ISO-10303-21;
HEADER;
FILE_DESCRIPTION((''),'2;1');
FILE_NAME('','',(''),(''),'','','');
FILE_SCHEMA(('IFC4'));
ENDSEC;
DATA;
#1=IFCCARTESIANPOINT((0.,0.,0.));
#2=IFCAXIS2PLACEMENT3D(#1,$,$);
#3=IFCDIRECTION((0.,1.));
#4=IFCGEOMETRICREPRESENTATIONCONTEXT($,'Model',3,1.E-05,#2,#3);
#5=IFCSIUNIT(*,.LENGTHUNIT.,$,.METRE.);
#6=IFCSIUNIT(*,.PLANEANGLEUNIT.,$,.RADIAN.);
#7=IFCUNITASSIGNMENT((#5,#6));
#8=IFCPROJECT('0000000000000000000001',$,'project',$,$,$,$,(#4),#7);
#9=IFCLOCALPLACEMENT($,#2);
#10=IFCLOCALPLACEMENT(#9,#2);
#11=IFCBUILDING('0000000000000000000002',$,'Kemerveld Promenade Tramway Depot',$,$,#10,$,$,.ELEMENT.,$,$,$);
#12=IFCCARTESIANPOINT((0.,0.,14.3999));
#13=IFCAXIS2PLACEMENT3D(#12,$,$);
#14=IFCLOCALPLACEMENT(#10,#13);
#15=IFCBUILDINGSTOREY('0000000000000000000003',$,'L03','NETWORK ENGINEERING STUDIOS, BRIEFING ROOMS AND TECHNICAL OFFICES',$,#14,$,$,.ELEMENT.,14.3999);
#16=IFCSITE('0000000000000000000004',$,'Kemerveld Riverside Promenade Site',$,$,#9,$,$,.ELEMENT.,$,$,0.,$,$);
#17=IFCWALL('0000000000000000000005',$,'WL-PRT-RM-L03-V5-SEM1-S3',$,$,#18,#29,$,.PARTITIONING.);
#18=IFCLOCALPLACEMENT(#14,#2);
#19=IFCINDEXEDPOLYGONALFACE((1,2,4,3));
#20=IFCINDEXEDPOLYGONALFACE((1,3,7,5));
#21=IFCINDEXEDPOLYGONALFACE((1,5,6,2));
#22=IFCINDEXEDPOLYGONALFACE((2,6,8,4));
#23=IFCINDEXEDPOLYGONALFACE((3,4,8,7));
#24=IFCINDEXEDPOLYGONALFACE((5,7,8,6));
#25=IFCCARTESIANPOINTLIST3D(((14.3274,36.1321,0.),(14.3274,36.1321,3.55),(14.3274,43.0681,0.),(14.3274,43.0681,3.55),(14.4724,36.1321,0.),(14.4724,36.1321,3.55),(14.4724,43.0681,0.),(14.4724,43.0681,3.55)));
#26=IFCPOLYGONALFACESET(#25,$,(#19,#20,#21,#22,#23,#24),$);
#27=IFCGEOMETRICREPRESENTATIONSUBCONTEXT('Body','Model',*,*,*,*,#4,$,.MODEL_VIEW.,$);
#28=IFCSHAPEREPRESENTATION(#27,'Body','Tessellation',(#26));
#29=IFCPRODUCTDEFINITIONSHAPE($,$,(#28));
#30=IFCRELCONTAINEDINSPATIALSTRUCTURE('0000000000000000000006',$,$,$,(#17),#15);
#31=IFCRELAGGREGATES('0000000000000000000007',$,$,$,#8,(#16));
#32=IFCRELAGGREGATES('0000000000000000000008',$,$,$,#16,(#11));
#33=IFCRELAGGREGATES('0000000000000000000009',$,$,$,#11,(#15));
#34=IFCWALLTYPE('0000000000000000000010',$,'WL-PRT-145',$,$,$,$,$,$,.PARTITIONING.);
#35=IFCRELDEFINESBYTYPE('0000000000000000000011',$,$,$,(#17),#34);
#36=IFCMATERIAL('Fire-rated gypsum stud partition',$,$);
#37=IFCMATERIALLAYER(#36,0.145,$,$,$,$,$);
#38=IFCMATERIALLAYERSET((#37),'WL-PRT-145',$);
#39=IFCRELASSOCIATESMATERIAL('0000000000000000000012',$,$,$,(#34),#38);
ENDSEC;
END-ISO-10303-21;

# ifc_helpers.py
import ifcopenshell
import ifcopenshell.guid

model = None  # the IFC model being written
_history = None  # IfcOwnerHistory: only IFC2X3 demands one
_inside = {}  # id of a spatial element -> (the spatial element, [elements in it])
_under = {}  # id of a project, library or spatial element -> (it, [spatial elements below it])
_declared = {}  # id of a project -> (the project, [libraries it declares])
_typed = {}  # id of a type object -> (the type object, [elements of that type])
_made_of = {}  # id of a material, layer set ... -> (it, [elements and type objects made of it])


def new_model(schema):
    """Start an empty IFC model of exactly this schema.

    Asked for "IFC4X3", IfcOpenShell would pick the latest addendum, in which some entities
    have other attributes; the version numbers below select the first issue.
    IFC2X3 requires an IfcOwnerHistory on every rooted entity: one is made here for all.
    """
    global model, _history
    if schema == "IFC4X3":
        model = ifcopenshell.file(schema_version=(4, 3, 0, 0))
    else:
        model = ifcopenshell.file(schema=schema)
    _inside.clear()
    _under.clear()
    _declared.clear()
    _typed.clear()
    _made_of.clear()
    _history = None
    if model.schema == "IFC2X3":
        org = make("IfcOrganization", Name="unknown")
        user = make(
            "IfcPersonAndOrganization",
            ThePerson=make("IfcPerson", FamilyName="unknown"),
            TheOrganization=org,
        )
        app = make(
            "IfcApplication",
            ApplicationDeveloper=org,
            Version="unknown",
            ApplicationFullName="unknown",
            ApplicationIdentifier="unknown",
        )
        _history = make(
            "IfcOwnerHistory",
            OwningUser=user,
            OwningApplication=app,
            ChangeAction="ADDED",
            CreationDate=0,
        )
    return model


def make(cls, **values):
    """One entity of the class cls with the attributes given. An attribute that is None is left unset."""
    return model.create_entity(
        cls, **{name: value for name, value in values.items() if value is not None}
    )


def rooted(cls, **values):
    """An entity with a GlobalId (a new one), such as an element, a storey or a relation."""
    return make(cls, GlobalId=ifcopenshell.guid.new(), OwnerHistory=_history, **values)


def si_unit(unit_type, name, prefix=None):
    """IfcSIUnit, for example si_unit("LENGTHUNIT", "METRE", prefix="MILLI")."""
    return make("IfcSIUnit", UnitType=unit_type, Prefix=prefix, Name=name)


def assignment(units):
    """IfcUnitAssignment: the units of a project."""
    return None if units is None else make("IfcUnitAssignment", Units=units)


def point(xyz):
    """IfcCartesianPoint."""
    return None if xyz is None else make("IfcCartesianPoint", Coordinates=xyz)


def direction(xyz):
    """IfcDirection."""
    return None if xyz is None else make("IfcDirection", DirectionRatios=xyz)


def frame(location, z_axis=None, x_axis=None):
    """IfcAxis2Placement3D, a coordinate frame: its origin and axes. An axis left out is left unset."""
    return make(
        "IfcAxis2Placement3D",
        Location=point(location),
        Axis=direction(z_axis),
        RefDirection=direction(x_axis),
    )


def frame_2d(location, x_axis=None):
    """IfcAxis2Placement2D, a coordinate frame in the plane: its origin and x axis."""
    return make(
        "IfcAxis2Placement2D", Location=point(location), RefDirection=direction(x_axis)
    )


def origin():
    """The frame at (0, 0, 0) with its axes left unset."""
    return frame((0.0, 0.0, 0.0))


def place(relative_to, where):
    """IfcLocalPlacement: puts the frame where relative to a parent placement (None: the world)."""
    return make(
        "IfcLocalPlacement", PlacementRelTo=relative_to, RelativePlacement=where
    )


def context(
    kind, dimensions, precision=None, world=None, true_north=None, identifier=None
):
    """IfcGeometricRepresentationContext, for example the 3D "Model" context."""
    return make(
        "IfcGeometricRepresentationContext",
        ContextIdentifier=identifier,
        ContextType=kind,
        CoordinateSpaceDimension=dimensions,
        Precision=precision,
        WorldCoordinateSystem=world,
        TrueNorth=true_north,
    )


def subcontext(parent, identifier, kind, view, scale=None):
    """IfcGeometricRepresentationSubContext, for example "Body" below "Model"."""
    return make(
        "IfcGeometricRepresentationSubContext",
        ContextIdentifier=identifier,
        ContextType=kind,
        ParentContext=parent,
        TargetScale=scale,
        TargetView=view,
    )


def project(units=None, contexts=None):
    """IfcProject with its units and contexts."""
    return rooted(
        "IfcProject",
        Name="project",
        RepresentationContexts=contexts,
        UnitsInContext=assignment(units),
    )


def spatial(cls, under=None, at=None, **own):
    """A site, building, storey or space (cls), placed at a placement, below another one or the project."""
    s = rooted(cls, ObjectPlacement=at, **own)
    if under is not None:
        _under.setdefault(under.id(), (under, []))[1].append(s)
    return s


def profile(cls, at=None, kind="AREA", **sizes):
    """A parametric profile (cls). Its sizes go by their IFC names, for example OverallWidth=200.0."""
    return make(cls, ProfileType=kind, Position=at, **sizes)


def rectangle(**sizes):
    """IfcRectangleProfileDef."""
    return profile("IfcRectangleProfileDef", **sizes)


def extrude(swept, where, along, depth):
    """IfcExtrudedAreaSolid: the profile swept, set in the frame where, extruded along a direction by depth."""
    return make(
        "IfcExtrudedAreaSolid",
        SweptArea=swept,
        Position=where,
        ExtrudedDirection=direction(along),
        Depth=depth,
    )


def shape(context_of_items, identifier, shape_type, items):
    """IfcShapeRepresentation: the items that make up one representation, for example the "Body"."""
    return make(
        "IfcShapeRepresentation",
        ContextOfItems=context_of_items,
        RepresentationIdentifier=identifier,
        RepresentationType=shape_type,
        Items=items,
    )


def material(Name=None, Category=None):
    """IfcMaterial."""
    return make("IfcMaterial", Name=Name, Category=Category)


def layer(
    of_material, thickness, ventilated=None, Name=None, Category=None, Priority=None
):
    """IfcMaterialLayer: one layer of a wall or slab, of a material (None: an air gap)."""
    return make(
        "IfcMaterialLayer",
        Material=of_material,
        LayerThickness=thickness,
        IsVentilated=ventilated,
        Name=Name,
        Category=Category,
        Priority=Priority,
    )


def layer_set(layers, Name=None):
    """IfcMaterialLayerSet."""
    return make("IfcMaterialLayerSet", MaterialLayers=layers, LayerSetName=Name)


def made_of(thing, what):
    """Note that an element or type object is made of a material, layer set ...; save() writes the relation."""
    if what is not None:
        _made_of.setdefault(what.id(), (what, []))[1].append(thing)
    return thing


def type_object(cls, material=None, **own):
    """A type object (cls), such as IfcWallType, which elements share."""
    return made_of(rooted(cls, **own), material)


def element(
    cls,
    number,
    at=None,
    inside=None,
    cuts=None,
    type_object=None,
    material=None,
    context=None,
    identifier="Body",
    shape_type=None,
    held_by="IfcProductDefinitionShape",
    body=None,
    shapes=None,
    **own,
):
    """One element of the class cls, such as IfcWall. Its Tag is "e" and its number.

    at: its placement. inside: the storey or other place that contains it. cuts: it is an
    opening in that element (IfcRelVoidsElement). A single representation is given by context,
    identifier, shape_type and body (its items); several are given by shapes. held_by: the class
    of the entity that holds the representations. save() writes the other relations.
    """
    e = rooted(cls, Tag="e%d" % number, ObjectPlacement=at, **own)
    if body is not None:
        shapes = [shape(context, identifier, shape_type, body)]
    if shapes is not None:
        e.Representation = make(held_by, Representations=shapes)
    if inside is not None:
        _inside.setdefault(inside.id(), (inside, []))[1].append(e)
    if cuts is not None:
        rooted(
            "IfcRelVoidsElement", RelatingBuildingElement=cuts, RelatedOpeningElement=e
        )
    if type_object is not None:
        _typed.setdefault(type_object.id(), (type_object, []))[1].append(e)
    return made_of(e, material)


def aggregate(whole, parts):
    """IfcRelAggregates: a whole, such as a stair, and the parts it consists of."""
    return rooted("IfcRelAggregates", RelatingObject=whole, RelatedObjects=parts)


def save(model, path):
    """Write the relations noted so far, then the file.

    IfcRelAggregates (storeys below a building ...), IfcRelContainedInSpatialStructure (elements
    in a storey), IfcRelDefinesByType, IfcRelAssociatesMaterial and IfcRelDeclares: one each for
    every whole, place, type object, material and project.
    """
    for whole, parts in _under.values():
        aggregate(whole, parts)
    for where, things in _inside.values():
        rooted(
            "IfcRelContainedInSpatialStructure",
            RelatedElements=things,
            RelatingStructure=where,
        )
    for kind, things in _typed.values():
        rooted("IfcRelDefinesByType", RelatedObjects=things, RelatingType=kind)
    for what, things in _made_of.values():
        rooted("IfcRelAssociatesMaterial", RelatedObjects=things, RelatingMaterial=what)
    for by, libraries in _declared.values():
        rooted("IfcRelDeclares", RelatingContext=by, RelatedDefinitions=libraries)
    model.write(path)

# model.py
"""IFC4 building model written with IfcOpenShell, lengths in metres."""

from ifc_helpers import new_model, si_unit, direction, frame, frame_2d, origin, place, context, subcontext, project, spatial, rectangle, extrude, material, layer, layer_set, type_object, element, save


model = new_model("IFC4")

# Units and contexts
model_context = context("Model", 3, precision=1e-05, world=origin(), true_north=direction((0.0, 1.0)))
body_context = subcontext(model_context, "Body", "Model", "MODEL_VIEW")
ifc_project = project(units=[si_unit("LENGTHUNIT", "METRE"), si_unit("PLANEANGLEUNIT", "RADIAN")], contexts=[model_context])

# Site, building, storey
site_placement = place(None, origin())
site = spatial("IfcSite", under=ifc_project, at=site_placement, Name="Kemerveld Riverside Promenade Site", CompositionType="ELEMENT", RefElevation=0.0)
building_placement = place(site_placement, origin())
building = spatial("IfcBuilding", under=site, at=building_placement, Name="Kemerveld Promenade Tramway Depot", CompositionType="ELEMENT")
storey_placement = place(building_placement, frame((0.0, 0.0, 14.3999)))
storey = spatial("IfcBuildingStorey", under=building, at=storey_placement, Name="L03", Description="NETWORK ENGINEERING STUDIOS, BRIEFING ROOMS AND TECHNICAL OFFICES", CompositionType="ELEMENT", Elevation=14.3999)

# Wall
ifc_material_1 = material(Name="Fire-rated gypsum stud partition")
ifc_layer_1 = layer(ifc_material_1, 0.145)
ifc_layer_set_1 = layer_set([ifc_layer_1], Name="WL-PRT-145")
wall_type_1 = type_object("IfcWallType", Name="WL-PRT-145", PredefinedType="PARTITIONING", material=ifc_layer_set_1)
wall_1_placement = place(storey_placement, frame((14.3999, 36.1321, 0.0), z_axis=(0.0, 0.0, 1.0), x_axis=(0.0, 1.0, 0.0)))
element("IfcWall", 1, at=wall_1_placement, inside=storey, type_object=wall_type_1, Name="WL-PRT-RM-L03-V5-SEM1-S3", PredefinedType="PARTITIONING", context=body_context, shape_type="SweptSolid", body=[
    extrude(rectangle(XDim=6.936, YDim=0.145, at=frame_2d((3.468, 0.0))), origin(), (0.0, 0.0, 1.0), 3.55),
])

save(model, "model.ifc")
